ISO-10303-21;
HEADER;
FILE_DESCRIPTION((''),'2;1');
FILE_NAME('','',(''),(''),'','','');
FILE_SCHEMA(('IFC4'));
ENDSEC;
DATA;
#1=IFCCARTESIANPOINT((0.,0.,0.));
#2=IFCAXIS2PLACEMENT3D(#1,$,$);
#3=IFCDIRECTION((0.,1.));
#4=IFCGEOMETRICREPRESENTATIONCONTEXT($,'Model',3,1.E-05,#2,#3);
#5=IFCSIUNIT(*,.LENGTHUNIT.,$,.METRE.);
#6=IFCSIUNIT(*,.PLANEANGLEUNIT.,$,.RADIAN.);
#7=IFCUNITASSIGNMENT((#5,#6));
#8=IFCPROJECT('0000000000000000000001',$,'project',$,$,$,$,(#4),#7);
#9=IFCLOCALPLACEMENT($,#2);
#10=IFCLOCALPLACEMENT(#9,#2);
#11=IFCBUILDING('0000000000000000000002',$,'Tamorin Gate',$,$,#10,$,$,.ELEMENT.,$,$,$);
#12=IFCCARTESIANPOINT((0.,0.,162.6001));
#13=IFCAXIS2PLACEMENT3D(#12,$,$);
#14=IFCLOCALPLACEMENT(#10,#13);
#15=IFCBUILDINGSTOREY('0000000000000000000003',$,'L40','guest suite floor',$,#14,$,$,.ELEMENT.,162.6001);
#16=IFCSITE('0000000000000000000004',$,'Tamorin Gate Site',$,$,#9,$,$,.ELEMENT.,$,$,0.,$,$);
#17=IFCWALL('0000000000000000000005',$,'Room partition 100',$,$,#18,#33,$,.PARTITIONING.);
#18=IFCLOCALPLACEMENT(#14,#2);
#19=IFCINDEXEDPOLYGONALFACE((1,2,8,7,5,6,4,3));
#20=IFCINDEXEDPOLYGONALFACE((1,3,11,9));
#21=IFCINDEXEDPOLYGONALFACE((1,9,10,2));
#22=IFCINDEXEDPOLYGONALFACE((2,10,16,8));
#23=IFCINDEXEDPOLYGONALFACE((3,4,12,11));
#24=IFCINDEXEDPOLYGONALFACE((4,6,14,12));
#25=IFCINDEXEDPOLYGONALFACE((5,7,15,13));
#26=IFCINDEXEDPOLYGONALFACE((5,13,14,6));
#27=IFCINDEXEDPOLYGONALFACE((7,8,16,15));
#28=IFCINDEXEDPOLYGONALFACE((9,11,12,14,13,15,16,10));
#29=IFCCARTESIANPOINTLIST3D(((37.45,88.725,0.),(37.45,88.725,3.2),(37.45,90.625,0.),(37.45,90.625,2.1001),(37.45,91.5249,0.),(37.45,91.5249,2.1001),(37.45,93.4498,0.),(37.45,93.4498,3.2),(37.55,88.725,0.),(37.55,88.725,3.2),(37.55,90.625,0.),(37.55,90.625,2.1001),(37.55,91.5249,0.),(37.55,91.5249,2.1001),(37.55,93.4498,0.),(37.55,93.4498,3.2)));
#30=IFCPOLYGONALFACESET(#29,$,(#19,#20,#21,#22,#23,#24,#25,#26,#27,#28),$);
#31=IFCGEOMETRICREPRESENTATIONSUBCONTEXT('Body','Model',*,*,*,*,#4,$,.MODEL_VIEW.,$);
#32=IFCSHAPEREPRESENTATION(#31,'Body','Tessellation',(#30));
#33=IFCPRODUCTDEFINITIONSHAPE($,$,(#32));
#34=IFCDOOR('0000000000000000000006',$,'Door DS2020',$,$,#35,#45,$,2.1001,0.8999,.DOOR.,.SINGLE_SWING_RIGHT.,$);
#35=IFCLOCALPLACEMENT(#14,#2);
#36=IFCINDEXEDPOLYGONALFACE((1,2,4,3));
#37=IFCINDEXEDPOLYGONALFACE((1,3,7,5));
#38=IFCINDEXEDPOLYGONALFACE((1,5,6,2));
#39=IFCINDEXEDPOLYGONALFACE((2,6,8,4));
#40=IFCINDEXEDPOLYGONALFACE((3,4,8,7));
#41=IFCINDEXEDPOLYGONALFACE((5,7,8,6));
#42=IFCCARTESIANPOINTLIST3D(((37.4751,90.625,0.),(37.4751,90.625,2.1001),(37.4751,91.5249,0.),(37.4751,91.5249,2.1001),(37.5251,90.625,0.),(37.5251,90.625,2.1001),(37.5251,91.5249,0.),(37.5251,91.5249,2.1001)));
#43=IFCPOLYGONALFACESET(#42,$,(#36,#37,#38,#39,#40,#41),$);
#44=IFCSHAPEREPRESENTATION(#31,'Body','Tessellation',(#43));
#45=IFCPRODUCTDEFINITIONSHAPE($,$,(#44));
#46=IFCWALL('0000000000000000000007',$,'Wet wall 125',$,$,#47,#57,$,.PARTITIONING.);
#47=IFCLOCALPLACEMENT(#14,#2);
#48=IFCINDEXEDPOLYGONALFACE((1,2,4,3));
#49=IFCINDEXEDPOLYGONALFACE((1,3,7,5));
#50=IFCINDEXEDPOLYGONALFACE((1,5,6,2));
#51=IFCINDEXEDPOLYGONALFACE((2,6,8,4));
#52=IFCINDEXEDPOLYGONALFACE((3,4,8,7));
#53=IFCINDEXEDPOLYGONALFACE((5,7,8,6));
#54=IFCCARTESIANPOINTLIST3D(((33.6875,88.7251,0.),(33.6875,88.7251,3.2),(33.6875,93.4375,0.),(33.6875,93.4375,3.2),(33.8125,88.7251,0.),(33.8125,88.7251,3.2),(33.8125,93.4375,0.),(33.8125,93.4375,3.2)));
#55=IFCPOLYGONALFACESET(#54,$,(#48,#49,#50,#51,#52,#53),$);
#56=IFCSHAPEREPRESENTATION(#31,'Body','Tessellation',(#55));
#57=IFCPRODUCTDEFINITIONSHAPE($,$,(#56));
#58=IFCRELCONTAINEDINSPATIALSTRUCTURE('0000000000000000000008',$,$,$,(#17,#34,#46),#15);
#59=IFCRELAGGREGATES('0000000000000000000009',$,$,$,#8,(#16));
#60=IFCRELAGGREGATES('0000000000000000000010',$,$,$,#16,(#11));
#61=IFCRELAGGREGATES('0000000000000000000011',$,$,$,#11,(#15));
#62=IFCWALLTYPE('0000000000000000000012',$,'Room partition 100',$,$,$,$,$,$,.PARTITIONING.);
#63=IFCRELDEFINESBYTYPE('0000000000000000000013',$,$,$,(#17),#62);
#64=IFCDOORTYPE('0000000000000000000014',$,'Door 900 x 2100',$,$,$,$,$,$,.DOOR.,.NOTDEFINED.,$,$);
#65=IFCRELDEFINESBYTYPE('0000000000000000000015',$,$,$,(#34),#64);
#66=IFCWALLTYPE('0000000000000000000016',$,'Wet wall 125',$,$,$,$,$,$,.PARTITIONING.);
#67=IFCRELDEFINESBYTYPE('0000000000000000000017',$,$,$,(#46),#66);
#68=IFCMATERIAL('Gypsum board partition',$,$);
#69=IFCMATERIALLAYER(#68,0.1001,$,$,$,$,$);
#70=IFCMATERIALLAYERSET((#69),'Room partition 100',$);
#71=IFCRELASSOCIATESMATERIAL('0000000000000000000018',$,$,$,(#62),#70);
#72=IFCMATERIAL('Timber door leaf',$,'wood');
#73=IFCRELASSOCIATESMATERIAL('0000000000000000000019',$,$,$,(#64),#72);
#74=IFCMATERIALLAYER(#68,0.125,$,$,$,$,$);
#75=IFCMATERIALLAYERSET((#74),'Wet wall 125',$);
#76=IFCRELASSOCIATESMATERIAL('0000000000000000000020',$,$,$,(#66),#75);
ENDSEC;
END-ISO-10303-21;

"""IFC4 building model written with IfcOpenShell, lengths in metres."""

from ifc_helpers import new_model, si_unit, direction, frame, frame_2d, origin, place, context, subcontext, project, spatial, rectangle, extrude, material, layer, layer_set, type_object, element, fill, save


model = new_model("IFC4")

# Units and contexts
model_context = context("Model", 3, precision=1e-05, world=origin(), true_north=direction((0.0, 1.0)))
body_context = subcontext(model_context, "Body", "Model", "MODEL_VIEW")
ifc_project = project(units=[si_unit("LENGTHUNIT", "METRE"), si_unit("PLANEANGLEUNIT", "RADIAN")], contexts=[model_context])

# Site, building, storey
site_placement = place(None, origin())
site = spatial("IfcSite", under=ifc_project, at=site_placement, Name="Tamorin Gate Site", CompositionType="ELEMENT", RefElevation=0.0)
building_placement = place(site_placement, origin())
building = spatial("IfcBuilding", under=site, at=building_placement, Name="Tamorin Gate", CompositionType="ELEMENT")
storey_placement = place(building_placement, frame((0.0, 0.0, 162.6001)))
storey = spatial("IfcBuildingStorey", under=building, at=storey_placement, Name="L40", Description="guest suite floor", CompositionType="ELEMENT", Elevation=162.6001)

# Shared definitions
ifc_material_1 = material(Name="Gypsum board partition")
ifc_material_2 = material(Name="Timber door leaf", Category="wood")

# Wall, opening, door
ifc_layer_1 = layer(ifc_material_1, 0.1001)
ifc_layer_set_1 = layer_set([ifc_layer_1], Name="Room partition 100")
wall_type_1 = type_object("IfcWallType", Name="Room partition 100", PredefinedType="PARTITIONING", material=ifc_layer_set_1)
wall_1_placement = place(storey_placement, frame((37.5, 88.7251, 0.0), z_axis=(0.0, 0.0, 1.0), x_axis=(0.0, 1.0, 0.0)))
wall_1 = element("IfcWall", 1, at=wall_1_placement, inside=storey, type_object=wall_type_1, Name="Room partition 100", PredefinedType="PARTITIONING", context=body_context, shape_type="SweptSolid", body=[
    extrude(rectangle(XDim=4.7249, YDim=0.1001, at=frame_2d((2.3623, 0.0))), origin(), (0.0, 0.0, 1.0), 3.2),
])
opening_1_placement = place(wall_1_placement, frame((1.8999, 0.0, 0.0)))
opening_1 = element("IfcOpeningElement", 2, at=opening_1_placement, cuts=wall_1, PredefinedType="OPENING", context=body_context, shape_type="SweptSolid", body=[
    extrude(rectangle(XDim=0.8999, YDim=2.1001, at=frame_2d((0.45, 1.05))), frame((0.0, 0.0601, 0.0), z_axis=(0.0, -1.0, 0.0), x_axis=(1.0, 0.0, 0.0)), (0.0, 0.0, 1.0), 0.1201),
])
door_type_1 = type_object("IfcDoorType", Name="Door 900 x 2100", OperationType="NOTDEFINED", PredefinedType="DOOR", material=ifc_material_2)
door_1_placement = place(opening_1_placement, origin())
door_1 = element("IfcDoor", 3, at=door_1_placement, inside=storey, type_object=door_type_1, Name="Door DS2020", OperationType="SINGLE_SWING_RIGHT", OverallHeight=2.1001, OverallWidth=0.8999, PredefinedType="DOOR", context=body_context, shape_type="SweptSolid", body=[
    extrude(rectangle(XDim=0.8999, YDim=2.1001, at=frame_2d((0.45, 1.05))), frame((0.0, 0.0249, 0.0), z_axis=(0.0, -1.0, 0.0), x_axis=(1.0, 0.0, 0.0)), (0.0, 0.0, 1.0), 0.05),
])
fill(opening_1, door_1)

# Wall
ifc_layer_2 = layer(ifc_material_1, 0.125)
ifc_layer_set_2 = layer_set([ifc_layer_2], Name="Wet wall 125")
wall_type_2 = type_object("IfcWallType", Name="Wet wall 125", PredefinedType="PARTITIONING", material=ifc_layer_set_2)
wall_2_placement = place(storey_placement, frame((33.75, 88.7251, 0.0), z_axis=(0.0, 0.0, 1.0), x_axis=(0.0, 1.0, 0.0)))
element("IfcWall", 4, at=wall_2_placement, inside=storey, type_object=wall_type_2, Name="Wet wall 125", PredefinedType="PARTITIONING", context=body_context, shape_type="SweptSolid", body=[
    extrude(rectangle(XDim=4.7124, YDim=0.125, at=frame_2d((2.3562, 0.0))), origin(), (0.0, 0.0, 1.0), 3.2),
])

save(model, "model.ifc")
